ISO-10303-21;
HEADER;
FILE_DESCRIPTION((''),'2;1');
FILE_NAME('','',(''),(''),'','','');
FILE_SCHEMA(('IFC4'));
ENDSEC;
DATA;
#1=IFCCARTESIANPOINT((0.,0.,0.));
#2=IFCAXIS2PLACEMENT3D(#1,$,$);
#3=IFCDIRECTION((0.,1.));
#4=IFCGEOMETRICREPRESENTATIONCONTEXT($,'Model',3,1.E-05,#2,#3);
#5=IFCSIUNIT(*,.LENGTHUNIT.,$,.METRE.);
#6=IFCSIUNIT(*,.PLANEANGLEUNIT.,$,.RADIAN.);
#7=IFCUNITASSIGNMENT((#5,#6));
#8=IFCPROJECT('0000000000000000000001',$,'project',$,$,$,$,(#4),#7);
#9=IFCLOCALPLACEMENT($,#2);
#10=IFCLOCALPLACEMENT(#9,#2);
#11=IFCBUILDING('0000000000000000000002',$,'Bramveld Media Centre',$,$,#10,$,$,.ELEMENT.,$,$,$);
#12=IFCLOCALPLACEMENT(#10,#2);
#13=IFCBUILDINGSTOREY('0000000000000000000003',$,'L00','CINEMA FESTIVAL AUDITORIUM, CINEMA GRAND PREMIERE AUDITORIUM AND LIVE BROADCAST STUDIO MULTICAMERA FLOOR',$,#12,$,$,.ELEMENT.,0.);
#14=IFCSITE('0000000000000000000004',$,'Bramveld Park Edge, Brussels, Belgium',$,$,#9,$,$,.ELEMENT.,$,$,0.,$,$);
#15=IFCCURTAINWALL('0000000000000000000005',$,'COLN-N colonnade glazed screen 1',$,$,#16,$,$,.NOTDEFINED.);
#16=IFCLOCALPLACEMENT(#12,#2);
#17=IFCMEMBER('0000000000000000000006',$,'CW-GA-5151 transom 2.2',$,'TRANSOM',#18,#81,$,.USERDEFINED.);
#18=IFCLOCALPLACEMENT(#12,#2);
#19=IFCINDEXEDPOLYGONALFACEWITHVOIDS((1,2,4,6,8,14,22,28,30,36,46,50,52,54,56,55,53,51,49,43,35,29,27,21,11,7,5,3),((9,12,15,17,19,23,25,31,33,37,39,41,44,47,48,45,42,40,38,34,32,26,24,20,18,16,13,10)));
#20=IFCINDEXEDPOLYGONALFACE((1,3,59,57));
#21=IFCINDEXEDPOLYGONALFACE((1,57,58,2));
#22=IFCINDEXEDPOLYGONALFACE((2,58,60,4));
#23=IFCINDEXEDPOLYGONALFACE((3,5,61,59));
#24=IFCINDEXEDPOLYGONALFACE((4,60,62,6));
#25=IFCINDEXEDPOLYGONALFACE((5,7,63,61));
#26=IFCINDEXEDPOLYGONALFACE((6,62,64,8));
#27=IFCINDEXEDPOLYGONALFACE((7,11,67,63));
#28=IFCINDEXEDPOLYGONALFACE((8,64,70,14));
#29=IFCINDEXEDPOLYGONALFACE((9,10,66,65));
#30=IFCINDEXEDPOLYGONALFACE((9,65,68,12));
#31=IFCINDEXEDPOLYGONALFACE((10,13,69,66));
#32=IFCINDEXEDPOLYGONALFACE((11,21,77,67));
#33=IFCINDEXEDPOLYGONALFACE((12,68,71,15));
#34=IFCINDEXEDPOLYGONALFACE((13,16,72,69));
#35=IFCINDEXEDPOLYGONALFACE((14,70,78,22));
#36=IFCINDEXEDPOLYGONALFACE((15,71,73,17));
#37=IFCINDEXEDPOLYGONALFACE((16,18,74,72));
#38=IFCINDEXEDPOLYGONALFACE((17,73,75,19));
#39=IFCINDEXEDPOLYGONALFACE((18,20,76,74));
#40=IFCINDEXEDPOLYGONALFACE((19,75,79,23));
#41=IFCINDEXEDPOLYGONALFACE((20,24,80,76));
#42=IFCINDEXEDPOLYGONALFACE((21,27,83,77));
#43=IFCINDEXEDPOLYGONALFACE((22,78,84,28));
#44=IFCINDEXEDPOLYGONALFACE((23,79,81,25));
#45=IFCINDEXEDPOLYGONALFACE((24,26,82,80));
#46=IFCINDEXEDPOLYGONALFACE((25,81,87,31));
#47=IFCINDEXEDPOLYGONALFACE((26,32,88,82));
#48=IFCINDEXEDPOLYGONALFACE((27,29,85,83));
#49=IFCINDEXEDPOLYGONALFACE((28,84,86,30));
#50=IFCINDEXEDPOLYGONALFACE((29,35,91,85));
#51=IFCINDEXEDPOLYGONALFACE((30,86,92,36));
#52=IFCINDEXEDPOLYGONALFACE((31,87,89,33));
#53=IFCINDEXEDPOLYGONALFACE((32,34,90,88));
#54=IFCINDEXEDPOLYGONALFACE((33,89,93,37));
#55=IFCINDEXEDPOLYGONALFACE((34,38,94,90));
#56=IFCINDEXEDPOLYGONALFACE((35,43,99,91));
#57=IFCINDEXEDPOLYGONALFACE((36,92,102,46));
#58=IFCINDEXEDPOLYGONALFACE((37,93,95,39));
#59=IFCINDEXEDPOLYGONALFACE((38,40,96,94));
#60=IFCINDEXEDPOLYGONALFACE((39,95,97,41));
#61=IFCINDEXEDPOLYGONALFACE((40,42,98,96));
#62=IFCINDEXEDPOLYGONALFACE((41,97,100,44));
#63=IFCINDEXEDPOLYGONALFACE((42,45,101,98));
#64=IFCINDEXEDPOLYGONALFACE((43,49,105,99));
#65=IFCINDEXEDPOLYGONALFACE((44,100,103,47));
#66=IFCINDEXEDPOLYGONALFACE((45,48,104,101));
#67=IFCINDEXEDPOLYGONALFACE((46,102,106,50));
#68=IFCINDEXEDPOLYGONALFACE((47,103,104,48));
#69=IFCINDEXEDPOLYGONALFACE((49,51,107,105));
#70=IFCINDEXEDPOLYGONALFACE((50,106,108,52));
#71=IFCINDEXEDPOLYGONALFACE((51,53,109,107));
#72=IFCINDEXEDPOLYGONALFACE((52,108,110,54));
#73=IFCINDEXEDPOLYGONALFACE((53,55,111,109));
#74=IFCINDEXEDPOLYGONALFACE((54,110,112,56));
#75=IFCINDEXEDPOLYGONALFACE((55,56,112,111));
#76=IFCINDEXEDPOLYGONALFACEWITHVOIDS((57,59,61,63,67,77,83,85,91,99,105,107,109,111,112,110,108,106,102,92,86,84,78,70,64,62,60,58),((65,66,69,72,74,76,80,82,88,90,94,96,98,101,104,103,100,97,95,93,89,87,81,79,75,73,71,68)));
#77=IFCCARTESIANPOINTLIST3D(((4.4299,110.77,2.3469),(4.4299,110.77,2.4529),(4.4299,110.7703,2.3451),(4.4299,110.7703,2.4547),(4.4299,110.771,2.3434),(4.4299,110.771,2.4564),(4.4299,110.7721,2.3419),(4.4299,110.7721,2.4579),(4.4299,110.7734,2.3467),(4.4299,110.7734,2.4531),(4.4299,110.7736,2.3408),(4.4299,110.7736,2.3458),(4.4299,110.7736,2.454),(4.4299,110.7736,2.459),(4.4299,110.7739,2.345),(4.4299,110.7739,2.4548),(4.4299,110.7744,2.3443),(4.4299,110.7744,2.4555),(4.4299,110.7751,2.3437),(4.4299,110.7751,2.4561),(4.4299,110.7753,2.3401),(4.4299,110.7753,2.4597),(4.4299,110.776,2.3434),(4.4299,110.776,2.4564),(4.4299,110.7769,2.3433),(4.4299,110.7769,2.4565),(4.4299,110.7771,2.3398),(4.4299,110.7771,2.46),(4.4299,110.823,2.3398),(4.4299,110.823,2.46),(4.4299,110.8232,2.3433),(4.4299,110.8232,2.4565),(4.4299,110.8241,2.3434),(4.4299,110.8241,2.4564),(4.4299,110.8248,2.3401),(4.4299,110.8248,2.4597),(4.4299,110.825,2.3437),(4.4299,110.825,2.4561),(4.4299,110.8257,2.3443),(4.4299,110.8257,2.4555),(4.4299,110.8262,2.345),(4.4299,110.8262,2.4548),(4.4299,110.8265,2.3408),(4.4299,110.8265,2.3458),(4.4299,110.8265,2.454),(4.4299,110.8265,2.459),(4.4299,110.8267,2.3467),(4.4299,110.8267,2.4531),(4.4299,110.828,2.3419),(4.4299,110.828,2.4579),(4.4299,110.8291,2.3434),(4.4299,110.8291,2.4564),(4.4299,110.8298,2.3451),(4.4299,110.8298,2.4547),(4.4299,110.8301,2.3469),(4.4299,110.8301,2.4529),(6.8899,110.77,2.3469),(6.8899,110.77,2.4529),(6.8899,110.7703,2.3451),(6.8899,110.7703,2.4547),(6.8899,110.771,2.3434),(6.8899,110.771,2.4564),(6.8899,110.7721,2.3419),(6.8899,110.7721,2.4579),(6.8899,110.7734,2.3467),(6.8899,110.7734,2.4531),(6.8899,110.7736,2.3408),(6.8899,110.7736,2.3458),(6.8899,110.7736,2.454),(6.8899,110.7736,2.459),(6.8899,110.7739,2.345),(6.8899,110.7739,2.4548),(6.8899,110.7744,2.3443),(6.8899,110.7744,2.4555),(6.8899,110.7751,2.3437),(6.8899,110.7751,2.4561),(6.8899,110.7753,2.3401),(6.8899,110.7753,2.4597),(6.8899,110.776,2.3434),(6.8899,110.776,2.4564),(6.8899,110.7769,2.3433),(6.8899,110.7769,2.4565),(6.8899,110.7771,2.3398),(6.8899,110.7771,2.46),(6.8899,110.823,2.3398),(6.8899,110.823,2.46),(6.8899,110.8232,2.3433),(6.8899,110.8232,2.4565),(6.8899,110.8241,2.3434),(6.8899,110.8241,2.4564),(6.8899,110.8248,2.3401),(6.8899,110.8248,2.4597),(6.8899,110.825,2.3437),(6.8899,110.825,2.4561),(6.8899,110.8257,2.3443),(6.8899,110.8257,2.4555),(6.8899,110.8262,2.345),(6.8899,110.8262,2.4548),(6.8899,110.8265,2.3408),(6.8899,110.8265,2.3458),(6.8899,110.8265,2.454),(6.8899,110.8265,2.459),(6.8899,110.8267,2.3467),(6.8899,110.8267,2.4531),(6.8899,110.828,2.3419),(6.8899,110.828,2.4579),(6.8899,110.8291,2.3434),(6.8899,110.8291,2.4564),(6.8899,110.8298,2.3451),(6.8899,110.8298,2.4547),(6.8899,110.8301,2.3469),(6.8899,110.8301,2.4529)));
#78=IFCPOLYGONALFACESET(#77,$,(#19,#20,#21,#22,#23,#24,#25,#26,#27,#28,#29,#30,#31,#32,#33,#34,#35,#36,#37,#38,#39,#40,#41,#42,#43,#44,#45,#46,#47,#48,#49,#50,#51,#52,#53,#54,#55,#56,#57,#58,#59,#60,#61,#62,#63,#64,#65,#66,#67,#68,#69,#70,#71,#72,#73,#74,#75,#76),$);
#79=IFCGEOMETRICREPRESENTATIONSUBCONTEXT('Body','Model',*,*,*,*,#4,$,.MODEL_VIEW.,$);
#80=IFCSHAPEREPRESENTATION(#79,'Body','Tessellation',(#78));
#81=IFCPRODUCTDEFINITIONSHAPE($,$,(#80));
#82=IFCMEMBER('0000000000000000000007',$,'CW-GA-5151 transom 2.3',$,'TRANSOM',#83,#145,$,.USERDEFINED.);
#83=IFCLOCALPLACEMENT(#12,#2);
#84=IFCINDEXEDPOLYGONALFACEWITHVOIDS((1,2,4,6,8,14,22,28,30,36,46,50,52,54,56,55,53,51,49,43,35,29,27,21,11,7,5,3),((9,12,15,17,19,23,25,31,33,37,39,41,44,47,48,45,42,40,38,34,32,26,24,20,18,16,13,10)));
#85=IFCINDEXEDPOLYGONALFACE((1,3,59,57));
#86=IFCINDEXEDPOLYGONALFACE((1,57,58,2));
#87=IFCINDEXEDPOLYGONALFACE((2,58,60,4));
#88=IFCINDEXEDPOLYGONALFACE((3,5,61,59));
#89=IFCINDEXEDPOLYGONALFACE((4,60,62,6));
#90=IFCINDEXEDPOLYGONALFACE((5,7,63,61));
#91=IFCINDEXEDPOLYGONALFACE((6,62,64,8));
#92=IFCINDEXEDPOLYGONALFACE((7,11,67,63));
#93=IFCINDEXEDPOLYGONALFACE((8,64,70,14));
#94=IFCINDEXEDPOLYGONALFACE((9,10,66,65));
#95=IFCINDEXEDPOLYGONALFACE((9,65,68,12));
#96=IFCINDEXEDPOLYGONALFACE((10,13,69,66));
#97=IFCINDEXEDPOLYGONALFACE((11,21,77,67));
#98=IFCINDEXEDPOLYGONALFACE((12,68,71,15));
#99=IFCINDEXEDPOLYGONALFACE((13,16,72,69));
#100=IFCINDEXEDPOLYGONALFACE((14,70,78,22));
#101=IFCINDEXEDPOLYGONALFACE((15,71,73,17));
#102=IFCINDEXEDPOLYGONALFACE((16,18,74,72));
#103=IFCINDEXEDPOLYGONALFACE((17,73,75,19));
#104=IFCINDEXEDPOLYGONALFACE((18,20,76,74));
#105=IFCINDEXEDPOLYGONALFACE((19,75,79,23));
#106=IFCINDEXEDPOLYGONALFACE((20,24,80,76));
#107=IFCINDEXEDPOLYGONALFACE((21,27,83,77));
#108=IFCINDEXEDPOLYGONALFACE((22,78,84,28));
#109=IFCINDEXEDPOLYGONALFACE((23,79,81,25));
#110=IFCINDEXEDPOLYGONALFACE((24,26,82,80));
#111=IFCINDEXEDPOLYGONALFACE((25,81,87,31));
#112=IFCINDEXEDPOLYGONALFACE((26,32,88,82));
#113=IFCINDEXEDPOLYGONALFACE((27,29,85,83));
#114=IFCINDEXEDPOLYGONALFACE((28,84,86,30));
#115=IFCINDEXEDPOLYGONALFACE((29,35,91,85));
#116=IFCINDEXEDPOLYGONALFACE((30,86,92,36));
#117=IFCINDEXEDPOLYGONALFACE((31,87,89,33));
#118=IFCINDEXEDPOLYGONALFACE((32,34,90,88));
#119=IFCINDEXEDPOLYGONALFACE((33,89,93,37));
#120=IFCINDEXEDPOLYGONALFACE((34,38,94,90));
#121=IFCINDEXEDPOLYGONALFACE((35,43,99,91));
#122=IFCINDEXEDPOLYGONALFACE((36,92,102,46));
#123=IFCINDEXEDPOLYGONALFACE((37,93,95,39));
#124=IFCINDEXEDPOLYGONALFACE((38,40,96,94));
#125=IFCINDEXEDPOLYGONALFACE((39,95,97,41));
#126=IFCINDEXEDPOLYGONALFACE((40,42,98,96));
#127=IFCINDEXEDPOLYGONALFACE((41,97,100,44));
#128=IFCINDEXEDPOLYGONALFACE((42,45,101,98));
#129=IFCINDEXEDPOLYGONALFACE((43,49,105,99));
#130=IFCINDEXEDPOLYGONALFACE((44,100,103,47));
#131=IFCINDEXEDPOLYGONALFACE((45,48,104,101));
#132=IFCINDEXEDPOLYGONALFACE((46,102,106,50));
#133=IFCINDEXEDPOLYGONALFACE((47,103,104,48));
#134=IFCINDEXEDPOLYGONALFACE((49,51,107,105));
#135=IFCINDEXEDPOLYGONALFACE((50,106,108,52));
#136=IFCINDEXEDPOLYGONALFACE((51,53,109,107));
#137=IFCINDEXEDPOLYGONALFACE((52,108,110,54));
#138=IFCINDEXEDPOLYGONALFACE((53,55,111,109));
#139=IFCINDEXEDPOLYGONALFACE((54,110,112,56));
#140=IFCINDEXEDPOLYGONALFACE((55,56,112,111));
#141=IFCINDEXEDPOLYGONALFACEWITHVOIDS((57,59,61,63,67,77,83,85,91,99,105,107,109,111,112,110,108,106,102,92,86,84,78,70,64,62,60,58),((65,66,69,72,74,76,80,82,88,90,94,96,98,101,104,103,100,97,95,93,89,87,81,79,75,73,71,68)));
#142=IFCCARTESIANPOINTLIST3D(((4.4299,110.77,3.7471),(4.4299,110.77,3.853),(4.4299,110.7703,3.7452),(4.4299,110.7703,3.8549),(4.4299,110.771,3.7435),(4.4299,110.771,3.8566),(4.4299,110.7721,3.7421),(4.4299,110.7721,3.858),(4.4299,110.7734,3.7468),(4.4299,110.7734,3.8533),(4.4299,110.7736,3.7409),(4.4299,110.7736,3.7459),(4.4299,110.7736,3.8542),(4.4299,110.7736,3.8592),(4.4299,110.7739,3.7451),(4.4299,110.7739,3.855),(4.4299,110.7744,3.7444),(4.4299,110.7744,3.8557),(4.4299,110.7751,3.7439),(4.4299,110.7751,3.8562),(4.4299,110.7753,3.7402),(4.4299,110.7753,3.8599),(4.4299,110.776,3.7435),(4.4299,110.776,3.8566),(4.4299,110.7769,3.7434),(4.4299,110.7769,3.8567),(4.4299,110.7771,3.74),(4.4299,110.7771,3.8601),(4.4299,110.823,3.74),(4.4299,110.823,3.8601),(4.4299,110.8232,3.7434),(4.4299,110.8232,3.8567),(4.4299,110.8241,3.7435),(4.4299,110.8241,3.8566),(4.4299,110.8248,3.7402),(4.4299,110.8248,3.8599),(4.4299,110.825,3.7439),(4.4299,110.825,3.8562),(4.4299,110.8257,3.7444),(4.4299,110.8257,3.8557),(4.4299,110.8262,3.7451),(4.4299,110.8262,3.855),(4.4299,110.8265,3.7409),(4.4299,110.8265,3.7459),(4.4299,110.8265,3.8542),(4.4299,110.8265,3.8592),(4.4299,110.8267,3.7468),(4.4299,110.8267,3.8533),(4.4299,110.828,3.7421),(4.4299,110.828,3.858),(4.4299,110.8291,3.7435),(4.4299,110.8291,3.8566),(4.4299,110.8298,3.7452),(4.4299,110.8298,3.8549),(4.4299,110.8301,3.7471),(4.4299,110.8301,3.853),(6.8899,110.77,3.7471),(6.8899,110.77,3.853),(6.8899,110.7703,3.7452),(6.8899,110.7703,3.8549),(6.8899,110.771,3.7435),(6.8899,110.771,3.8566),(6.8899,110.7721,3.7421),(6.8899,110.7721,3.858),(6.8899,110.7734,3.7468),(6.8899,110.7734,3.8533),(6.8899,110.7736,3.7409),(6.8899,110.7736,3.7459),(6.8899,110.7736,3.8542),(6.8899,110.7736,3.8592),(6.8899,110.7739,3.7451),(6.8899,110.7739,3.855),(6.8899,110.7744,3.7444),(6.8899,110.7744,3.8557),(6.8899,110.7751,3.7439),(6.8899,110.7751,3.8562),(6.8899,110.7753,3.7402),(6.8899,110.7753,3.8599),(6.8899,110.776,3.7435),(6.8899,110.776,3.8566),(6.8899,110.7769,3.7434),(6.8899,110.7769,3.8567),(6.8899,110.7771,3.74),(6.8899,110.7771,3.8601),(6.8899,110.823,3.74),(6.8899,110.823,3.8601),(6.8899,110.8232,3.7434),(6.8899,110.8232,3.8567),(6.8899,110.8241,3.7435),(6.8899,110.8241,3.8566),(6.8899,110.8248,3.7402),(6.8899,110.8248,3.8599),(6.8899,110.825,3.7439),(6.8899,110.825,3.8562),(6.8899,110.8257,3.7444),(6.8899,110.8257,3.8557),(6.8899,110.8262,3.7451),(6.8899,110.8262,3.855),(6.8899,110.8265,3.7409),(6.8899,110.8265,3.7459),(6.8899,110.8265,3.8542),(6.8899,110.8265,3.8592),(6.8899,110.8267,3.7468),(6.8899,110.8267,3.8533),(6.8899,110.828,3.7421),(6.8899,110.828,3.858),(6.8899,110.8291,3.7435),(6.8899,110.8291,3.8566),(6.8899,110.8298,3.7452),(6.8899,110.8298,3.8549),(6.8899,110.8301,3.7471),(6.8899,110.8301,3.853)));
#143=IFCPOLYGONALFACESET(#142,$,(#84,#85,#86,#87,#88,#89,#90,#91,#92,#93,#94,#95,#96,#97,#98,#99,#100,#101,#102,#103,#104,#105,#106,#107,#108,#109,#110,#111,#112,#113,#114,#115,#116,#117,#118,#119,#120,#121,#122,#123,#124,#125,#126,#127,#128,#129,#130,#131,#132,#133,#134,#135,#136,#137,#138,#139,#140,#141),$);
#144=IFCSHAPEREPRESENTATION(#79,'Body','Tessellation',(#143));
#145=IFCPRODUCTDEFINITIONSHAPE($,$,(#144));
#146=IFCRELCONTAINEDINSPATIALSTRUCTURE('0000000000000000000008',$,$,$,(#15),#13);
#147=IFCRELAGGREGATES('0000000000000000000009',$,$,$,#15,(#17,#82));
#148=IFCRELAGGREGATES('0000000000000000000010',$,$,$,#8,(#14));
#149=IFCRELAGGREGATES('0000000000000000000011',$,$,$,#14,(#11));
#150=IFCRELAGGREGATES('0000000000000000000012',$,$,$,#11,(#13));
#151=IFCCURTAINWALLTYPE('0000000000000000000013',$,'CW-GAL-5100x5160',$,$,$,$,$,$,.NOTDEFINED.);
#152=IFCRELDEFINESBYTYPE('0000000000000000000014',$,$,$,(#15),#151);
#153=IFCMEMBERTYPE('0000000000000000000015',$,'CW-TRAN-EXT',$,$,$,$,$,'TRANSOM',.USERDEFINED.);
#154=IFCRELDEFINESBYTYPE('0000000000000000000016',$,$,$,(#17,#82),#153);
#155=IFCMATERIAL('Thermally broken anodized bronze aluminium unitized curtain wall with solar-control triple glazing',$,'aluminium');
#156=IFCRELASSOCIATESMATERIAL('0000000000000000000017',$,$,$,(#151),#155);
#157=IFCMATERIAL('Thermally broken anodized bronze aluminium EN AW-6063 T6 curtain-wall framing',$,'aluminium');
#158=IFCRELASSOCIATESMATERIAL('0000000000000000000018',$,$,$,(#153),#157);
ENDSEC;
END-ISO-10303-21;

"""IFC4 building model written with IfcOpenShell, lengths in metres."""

from ifc_helpers import new_model, si_unit, direction, frame, origin, origin_2d, place, context, subcontext, project, spatial, hollow_rectangle, extrude, material, material_profile, profile_set, type_object, element, aggregate, save


model = new_model("IFC4")

# Units and contexts
model_context = context("Model", 3, precision=1e-05, world=origin(), true_north=direction((0.0, 1.0)))
body_context = subcontext(model_context, "Body", "Model", "MODEL_VIEW")
ifc_project = project(units=[si_unit("LENGTHUNIT", "METRE"), si_unit("PLANEANGLEUNIT", "RADIAN")], contexts=[model_context])

# Site, building, storey
site_placement = place(None, origin())
site = spatial("IfcSite", under=ifc_project, at=site_placement, Name="Bramveld Park Edge, Brussels, Belgium", CompositionType="ELEMENT", RefElevation=0.0)
building_placement = place(site_placement, origin())
building = spatial("IfcBuilding", under=site, at=building_placement, Name="Bramveld Media Centre", CompositionType="ELEMENT")
storey_placement = place(building_placement, origin())
storey = spatial("IfcBuildingStorey", under=building, at=storey_placement, Name="L00", Description="CINEMA FESTIVAL AUDITORIUM, CINEMA GRAND PREMIERE AUDITORIUM AND LIVE BROADCAST STUDIO MULTICAMERA FLOOR", CompositionType="ELEMENT", Elevation=0.0)

# Curtain wall
ifc_material_1 = material(Name="Thermally broken anodized bronze aluminium unitized curtain wall with solar-control triple glazing", Category="aluminium")
curtain_wall_type_1 = type_object("IfcCurtainWallType", Name="CW-GAL-5100x5160", PredefinedType="NOTDEFINED", material=ifc_material_1)
curtain_wall_1_placement = place(storey_placement, origin())
curtain_wall_1 = element("IfcCurtainWall", 1, at=curtain_wall_1_placement, inside=storey, type_object=curtain_wall_type_1, Name="COLN-N colonnade glazed screen 1", PredefinedType="NOTDEFINED")

# Members
ifc_material_2 = material(Name="Thermally broken anodized bronze aluminium EN AW-6063 T6 curtain-wall framing", Category="aluminium")
ifc_material_profile_1 = material_profile(ifc_material_2, hollow_rectangle(XDim=0.0601, YDim=0.1201, WallThickness=0.0034, InnerFilletRadius=0.0034, OuterFilletRadius=0.0071, at=origin_2d()), Name="AL-TRAN 60x120")
ifc_profile_set_1 = profile_set([ifc_material_profile_1], Name="Thermally broken anodized bronze aluminium EN AW-6063 T6 curtain-wall framing")
member_type_1 = type_object("IfcMemberType", Name="CW-TRAN-EXT", ElementType="TRANSOM", PredefinedType="USERDEFINED", material=ifc_profile_set_1)
member_1_placement = place(storey_placement, frame((4.4299, 110.8, 2.3999), z_axis=(1.0, 0.0, 0.0), x_axis=(0.0, 1.0, 0.0)))
member_1 = element("IfcMember", 2, at=member_1_placement, type_object=member_type_1, Name="CW-GA-5151 transom 2.2", ObjectType="TRANSOM", PredefinedType="USERDEFINED", context=body_context, shape_type="SweptSolid", body=[
    extrude(hollow_rectangle(XDim=0.0601, YDim=0.1201, WallThickness=0.0034, InnerFilletRadius=0.0034, OuterFilletRadius=0.0071, at=origin_2d()), origin(), (0.0, 0.0, 1.0), 2.46),
])
member_2_placement = place(storey_placement, frame((4.4299, 110.8, 3.8), z_axis=(1.0, 0.0, 0.0), x_axis=(0.0, 1.0, 0.0)))
member_2 = element("IfcMember", 3, at=member_2_placement, type_object=member_type_1, Name="CW-GA-5151 transom 2.3", ObjectType="TRANSOM", PredefinedType="USERDEFINED", context=body_context, shape_type="SweptSolid", body=[
    extrude(hollow_rectangle(XDim=0.0601, YDim=0.1201, WallThickness=0.0034, InnerFilletRadius=0.0034, OuterFilletRadius=0.0071, at=origin_2d()), origin(), (0.0, 0.0, 1.0), 2.46),
])

aggregate(curtain_wall_1, [member_1, member_2])

save(model, "model.ifc")
